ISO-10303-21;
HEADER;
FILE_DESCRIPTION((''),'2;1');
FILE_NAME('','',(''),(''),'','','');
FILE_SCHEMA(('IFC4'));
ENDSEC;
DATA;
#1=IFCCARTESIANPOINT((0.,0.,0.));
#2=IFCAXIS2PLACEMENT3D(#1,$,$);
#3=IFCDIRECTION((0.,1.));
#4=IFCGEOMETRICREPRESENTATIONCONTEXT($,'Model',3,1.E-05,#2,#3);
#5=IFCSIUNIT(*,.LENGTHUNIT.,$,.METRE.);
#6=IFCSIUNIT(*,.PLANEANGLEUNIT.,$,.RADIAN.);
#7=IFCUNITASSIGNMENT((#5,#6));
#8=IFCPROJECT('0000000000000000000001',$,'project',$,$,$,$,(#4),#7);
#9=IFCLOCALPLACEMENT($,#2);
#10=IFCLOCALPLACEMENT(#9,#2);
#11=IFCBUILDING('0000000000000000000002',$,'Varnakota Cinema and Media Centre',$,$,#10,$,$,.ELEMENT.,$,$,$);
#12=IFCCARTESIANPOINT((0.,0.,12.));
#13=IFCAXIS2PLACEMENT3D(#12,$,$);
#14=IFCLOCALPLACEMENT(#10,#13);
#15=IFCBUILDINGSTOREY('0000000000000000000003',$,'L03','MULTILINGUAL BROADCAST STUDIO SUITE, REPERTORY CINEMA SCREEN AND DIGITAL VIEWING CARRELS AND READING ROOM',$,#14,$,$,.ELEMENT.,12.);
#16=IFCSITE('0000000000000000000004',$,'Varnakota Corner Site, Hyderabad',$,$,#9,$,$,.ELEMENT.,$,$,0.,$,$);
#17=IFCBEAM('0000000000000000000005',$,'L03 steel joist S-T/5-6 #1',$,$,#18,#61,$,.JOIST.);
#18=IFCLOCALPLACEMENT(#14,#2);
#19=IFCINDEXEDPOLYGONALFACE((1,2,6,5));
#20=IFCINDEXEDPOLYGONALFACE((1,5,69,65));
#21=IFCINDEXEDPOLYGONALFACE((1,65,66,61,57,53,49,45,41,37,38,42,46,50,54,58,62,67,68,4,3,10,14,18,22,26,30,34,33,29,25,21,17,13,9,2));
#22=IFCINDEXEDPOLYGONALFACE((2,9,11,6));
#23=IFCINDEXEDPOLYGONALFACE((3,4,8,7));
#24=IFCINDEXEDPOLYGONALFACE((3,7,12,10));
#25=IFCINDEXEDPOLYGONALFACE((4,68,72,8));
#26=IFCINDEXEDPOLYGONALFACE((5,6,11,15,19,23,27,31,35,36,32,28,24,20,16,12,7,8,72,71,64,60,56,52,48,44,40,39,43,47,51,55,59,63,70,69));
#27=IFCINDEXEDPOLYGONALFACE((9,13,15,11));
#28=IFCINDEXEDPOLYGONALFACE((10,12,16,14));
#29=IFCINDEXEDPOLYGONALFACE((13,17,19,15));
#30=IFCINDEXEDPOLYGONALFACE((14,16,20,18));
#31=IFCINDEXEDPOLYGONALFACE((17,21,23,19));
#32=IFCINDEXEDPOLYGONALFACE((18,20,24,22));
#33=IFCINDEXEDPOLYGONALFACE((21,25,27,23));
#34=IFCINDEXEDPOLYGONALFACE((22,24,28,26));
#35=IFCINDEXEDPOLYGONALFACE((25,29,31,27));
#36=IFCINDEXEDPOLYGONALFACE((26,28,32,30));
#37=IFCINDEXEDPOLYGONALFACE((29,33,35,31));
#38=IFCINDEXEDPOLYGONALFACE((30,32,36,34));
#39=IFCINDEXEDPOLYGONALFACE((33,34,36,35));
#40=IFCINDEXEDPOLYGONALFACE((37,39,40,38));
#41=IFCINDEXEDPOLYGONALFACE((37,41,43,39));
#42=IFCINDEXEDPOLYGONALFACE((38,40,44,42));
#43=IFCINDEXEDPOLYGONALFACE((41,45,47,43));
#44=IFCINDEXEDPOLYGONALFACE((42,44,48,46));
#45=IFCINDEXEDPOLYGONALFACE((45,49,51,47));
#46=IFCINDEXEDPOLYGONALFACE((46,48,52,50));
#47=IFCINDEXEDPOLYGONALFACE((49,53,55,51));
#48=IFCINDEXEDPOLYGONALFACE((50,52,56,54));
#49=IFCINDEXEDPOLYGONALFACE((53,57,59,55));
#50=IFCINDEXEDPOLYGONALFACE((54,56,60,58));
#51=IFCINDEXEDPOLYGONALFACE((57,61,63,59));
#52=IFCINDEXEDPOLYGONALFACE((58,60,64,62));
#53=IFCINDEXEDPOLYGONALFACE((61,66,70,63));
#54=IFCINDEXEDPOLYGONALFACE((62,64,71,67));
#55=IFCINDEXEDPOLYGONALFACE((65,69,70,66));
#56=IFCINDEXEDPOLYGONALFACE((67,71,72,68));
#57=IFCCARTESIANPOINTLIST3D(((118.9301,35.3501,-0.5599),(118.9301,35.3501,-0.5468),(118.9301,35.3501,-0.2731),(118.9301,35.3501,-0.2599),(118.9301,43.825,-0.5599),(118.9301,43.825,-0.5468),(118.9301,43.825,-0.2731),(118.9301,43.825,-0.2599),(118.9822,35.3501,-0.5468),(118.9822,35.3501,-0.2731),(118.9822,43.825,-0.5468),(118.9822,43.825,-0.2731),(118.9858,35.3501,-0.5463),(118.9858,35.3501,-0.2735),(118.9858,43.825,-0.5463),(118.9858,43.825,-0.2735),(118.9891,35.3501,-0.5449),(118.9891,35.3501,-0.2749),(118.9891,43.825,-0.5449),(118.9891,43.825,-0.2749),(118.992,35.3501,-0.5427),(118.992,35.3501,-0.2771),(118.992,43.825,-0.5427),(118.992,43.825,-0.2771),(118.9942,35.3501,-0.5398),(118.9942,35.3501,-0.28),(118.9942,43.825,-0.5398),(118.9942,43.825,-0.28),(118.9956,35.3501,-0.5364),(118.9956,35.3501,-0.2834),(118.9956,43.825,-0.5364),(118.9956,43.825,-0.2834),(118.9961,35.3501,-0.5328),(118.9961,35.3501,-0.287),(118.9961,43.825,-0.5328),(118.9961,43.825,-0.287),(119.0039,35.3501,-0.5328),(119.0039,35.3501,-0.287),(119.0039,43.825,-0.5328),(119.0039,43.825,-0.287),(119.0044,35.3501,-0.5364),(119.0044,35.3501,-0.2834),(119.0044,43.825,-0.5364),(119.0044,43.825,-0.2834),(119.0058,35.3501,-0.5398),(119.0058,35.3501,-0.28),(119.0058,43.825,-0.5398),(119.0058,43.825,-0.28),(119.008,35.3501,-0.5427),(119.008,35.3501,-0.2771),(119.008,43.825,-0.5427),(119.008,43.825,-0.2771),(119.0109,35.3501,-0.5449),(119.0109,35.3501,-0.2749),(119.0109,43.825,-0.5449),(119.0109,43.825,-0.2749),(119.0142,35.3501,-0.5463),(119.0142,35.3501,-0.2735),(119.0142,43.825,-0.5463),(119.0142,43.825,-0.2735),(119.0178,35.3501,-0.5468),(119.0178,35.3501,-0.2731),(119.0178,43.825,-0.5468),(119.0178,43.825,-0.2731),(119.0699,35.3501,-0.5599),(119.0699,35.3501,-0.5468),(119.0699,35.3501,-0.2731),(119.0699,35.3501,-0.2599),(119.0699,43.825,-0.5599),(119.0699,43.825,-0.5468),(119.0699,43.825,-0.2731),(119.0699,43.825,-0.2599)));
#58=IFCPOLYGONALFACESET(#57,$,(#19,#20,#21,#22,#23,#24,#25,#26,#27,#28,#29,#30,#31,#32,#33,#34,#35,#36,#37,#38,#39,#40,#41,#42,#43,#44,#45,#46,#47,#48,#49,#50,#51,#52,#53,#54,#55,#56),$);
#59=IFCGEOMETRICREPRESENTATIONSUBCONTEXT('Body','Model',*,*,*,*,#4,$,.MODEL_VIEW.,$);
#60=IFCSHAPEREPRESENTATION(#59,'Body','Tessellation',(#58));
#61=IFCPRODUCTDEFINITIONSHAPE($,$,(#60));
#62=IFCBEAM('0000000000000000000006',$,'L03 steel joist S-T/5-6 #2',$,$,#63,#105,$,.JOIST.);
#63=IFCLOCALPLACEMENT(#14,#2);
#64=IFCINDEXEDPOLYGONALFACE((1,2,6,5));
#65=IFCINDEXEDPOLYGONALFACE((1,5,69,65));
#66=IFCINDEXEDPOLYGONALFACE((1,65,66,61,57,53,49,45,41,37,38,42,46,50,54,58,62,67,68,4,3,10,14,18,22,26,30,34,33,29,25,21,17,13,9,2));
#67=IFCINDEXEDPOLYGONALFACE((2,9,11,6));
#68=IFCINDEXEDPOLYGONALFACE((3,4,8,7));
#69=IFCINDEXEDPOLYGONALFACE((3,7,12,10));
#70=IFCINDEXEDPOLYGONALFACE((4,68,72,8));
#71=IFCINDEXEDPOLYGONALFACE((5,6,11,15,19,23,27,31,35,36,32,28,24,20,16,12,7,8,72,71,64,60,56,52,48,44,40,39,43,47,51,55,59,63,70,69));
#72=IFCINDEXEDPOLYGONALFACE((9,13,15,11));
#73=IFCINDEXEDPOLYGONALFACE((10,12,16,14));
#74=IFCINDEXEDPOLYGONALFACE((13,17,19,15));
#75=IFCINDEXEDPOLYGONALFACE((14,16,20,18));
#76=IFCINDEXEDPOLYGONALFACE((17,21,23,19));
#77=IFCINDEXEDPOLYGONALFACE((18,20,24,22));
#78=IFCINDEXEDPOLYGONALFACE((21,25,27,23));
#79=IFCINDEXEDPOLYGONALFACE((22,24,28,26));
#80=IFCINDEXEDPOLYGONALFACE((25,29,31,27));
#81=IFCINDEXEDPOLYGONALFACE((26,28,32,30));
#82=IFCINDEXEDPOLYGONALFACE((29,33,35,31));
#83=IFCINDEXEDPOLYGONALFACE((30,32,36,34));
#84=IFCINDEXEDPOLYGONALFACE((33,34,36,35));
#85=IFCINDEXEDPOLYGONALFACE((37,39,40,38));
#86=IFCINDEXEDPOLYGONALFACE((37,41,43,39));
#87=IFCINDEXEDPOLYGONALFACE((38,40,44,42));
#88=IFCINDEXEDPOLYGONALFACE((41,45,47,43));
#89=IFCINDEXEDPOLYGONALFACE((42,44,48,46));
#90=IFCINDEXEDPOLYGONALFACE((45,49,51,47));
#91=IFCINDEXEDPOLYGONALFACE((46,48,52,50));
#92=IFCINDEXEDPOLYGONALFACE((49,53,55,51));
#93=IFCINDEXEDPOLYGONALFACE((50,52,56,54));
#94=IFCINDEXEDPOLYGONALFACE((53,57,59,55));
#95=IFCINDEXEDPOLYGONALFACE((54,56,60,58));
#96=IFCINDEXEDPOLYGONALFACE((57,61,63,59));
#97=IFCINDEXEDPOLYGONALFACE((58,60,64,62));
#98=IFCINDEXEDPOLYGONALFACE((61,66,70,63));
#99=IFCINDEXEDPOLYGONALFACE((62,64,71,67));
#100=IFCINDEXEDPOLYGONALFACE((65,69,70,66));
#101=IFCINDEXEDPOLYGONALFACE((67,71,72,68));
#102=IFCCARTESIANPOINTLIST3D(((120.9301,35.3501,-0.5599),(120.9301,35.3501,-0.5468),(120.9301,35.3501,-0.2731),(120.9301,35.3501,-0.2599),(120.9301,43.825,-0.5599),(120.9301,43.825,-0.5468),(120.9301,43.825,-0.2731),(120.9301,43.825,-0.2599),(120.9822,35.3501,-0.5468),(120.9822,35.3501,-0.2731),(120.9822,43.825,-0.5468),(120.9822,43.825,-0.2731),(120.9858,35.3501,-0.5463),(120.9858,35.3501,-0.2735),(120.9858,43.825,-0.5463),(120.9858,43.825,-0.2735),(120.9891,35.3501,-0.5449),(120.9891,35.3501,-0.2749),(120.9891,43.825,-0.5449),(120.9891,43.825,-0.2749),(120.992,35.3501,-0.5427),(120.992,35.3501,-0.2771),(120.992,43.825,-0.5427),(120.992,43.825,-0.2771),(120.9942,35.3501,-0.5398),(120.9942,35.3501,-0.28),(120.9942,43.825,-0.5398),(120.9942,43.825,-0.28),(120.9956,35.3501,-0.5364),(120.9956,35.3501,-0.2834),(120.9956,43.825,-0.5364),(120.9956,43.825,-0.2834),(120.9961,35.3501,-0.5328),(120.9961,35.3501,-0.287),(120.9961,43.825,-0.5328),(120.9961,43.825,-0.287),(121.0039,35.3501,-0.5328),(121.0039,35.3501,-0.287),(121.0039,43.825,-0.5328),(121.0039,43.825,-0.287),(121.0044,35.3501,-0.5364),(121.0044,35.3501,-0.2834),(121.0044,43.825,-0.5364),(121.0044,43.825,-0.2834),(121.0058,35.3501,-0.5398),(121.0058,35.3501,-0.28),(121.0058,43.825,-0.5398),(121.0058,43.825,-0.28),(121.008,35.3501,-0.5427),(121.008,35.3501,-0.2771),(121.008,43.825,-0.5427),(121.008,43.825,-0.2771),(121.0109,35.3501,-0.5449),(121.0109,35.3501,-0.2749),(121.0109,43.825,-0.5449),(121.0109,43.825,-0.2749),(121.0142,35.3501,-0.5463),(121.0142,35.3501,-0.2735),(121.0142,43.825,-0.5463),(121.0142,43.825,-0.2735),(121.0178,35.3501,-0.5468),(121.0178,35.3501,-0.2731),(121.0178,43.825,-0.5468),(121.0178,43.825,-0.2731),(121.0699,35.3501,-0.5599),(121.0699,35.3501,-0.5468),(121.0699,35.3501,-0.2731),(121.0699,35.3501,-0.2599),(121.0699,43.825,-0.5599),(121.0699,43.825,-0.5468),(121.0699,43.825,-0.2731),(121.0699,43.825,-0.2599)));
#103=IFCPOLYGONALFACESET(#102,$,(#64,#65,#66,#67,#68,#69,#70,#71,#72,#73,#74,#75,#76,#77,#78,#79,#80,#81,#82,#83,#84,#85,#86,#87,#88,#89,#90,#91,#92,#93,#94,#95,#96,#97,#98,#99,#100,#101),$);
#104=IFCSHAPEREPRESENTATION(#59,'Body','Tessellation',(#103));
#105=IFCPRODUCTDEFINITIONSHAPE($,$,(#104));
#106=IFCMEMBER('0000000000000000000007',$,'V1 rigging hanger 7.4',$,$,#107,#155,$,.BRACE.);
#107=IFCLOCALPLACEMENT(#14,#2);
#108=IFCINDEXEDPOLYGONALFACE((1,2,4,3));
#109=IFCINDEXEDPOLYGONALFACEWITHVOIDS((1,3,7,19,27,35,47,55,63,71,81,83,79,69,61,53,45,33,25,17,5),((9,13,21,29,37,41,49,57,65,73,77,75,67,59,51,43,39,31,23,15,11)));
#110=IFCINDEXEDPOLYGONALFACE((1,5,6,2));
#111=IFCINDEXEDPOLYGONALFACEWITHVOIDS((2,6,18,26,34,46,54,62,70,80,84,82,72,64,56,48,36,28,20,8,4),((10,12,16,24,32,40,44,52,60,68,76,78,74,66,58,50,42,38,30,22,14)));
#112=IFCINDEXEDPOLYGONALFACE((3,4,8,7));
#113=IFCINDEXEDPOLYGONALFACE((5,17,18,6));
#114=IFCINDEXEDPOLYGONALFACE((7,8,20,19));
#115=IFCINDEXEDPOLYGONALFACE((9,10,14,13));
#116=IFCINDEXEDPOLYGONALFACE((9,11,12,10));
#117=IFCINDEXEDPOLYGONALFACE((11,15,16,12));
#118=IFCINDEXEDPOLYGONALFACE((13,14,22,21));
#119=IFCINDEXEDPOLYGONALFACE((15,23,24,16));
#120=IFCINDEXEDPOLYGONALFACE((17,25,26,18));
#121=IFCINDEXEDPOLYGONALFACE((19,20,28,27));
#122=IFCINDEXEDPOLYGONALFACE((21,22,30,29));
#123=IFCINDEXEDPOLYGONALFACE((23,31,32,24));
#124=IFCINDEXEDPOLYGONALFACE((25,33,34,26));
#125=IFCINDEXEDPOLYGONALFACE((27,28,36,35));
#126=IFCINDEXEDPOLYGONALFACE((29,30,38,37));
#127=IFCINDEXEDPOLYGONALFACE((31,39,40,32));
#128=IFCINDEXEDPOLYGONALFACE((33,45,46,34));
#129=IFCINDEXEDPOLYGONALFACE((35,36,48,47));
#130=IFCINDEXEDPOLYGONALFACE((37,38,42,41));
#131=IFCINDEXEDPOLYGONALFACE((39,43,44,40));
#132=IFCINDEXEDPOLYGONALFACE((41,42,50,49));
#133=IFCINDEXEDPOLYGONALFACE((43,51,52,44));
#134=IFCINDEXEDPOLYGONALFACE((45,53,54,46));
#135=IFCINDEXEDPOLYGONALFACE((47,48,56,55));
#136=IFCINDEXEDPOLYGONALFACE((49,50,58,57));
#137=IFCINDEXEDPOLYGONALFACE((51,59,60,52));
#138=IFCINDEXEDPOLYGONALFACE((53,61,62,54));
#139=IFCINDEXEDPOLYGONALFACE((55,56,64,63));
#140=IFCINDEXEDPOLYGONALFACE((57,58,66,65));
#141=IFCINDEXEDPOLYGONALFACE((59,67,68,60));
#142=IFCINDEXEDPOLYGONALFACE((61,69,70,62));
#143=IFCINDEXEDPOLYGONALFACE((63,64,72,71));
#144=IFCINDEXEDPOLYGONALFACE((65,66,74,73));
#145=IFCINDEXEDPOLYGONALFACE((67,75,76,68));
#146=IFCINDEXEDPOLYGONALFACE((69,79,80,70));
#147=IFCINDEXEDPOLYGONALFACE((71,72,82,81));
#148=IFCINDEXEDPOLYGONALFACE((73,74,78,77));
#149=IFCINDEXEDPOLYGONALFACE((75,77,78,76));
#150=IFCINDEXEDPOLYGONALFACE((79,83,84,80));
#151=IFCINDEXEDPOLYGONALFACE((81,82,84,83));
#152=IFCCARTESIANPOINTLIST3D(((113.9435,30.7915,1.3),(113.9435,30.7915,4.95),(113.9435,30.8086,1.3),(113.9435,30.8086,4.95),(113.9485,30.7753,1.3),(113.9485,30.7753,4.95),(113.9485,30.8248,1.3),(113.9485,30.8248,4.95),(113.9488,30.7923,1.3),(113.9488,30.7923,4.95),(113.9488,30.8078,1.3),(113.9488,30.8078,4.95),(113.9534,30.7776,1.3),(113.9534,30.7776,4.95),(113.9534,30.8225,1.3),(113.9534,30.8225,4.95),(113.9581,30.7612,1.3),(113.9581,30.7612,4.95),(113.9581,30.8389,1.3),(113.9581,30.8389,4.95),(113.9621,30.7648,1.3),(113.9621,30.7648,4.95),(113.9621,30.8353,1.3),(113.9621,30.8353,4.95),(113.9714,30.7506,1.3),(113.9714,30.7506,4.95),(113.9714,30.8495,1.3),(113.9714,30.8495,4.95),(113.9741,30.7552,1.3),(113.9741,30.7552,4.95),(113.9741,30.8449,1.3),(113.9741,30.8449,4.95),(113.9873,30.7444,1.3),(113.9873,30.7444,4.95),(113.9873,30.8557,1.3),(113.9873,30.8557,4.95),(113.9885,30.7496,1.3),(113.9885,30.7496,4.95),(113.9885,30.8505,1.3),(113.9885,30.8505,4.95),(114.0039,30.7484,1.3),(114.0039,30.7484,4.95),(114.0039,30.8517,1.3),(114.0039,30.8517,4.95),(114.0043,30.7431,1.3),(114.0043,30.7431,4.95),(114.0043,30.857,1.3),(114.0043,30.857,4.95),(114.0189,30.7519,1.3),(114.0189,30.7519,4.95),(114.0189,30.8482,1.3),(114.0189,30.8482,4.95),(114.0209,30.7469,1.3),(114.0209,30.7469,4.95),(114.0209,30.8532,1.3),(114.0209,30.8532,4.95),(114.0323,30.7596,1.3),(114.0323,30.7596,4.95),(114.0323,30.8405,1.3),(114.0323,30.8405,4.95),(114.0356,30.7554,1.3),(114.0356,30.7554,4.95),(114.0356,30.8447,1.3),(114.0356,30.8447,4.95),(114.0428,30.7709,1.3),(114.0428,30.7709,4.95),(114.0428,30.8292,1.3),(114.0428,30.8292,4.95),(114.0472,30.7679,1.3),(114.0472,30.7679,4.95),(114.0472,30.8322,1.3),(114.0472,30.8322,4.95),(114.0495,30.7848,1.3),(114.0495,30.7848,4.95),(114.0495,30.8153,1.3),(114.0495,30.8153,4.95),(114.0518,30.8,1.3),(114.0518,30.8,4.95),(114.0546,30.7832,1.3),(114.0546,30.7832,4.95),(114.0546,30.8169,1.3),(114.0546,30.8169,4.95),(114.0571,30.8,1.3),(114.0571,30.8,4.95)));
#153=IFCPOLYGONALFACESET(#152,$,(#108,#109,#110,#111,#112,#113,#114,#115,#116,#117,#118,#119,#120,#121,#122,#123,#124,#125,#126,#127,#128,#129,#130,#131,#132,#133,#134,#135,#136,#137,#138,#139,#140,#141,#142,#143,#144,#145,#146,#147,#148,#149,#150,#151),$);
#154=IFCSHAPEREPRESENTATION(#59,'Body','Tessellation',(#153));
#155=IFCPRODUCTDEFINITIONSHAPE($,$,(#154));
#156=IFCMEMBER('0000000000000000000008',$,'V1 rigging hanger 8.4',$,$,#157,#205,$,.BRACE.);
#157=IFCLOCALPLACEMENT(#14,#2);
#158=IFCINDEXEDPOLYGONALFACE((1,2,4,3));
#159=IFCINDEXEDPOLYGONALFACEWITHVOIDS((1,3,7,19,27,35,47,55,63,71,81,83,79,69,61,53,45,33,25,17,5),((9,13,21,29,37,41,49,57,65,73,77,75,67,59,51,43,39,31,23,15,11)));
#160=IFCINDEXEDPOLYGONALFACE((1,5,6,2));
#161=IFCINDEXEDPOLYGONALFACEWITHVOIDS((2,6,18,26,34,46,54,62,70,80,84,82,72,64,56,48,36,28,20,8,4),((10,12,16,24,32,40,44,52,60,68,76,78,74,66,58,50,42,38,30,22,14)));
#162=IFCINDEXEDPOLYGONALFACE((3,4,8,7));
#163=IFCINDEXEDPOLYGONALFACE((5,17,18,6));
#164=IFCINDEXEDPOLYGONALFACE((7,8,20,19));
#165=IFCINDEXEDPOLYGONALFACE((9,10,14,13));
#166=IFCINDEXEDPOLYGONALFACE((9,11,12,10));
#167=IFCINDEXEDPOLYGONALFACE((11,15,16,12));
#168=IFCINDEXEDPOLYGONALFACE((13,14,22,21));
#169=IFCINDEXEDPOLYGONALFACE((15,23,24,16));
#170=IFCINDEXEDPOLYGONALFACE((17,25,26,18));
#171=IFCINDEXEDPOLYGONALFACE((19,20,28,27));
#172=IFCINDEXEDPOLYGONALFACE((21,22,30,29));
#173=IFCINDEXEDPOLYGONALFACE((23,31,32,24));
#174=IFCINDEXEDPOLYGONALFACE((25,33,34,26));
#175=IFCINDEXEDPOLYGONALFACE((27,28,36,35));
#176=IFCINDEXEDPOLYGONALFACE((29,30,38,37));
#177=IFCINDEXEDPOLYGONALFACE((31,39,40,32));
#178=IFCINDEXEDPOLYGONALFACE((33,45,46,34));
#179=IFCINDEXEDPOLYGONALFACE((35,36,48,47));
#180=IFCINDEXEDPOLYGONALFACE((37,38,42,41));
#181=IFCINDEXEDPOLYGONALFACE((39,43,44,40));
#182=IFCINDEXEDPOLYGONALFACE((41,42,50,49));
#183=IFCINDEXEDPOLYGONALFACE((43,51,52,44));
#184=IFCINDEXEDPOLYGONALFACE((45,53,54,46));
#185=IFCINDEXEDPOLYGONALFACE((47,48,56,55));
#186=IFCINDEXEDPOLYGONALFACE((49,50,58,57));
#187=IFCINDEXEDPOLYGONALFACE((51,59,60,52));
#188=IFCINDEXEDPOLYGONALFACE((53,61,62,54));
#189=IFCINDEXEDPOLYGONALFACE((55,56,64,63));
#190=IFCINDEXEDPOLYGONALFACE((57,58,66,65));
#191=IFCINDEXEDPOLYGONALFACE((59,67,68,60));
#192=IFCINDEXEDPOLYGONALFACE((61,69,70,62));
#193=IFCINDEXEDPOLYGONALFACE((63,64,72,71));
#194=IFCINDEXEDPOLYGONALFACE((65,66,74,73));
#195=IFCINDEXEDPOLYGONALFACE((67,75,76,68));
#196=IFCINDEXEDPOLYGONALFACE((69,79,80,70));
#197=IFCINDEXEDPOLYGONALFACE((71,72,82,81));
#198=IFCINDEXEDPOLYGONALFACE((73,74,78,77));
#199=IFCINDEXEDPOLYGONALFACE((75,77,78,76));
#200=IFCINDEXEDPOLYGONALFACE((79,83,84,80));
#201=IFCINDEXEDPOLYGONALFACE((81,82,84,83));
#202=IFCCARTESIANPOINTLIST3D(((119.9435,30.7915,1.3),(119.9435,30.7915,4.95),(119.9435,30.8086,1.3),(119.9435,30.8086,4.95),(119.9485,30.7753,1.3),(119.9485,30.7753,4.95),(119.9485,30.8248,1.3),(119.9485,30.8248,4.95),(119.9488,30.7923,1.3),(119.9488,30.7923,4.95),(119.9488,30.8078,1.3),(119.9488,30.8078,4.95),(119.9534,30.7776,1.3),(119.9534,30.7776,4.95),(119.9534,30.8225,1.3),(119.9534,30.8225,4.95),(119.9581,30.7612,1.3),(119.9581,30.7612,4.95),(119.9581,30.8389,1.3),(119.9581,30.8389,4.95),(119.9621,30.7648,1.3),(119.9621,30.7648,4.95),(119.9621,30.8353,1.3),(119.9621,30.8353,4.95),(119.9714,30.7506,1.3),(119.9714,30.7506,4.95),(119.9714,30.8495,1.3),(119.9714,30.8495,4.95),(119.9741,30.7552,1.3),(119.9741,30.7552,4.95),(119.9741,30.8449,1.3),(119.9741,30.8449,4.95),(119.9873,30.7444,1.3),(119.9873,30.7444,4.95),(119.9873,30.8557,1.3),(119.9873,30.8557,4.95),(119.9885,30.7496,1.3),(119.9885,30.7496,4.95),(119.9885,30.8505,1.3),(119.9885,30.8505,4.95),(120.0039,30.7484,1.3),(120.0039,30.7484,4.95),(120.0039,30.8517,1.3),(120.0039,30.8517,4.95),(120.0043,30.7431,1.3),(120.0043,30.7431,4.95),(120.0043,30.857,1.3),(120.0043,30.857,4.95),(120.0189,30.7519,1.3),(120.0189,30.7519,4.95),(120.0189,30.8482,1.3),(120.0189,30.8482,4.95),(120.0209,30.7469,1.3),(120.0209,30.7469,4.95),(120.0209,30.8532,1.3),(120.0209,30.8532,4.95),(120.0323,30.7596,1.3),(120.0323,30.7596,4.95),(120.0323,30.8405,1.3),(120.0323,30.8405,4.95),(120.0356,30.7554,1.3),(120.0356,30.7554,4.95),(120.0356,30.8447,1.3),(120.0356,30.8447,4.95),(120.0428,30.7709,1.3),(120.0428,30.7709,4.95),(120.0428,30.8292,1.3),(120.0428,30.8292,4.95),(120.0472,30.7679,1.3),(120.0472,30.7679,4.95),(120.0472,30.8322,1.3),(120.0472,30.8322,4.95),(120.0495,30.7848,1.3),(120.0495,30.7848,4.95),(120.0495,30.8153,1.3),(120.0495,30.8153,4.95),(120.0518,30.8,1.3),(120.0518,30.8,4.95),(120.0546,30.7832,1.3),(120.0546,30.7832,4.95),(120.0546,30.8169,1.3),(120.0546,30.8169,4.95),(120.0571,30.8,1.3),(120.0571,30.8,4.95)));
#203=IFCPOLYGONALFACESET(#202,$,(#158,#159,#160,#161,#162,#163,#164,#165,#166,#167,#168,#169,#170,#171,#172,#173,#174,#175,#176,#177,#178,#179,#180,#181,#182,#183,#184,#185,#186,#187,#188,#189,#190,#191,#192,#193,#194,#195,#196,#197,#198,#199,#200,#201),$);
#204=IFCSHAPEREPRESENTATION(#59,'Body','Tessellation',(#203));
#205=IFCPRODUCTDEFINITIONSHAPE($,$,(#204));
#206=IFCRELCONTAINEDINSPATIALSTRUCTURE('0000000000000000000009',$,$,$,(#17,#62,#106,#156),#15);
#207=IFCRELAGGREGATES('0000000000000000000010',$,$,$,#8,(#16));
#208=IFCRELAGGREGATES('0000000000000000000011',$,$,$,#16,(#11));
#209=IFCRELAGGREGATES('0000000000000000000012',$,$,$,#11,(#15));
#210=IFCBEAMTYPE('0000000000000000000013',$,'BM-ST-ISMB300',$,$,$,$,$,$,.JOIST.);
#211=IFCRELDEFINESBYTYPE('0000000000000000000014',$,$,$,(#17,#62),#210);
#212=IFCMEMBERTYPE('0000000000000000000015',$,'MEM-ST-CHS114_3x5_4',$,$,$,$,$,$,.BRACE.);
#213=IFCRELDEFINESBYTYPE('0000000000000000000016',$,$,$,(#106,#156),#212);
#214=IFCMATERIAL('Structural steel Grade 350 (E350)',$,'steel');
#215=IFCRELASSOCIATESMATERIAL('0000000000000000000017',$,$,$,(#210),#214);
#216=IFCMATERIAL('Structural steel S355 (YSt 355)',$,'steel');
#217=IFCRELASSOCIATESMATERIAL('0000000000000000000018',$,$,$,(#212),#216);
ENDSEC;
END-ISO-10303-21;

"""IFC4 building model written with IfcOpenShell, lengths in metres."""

from ifc_helpers import new_model, si_unit, direction, frame, origin, origin_2d, place, context, subcontext, project, spatial, hollow_circle, i_section, extrude, material, material_profile, profile_set, type_object, element, save


model = new_model("IFC4")

# Units and contexts
model_context = context("Model", 3, precision=1e-05, world=origin(), true_north=direction((0.0, 1.0)))
body_context = subcontext(model_context, "Body", "Model", "MODEL_VIEW")
ifc_project = project(units=[si_unit("LENGTHUNIT", "METRE"), si_unit("PLANEANGLEUNIT", "RADIAN")], contexts=[model_context])

# Site, building, storey
site_placement = place(None, origin())
site = spatial("IfcSite", under=ifc_project, at=site_placement, Name="Varnakota Corner Site, Hyderabad", CompositionType="ELEMENT", RefElevation=0.0)
building_placement = place(site_placement, origin())
building = spatial("IfcBuilding", under=site, at=building_placement, Name="Varnakota Cinema and Media Centre", CompositionType="ELEMENT")
storey_placement = place(building_placement, frame((0.0, 0.0, 12.0)))
storey = spatial("IfcBuildingStorey", under=building, at=storey_placement, Name="L03", Description="MULTILINGUAL BROADCAST STUDIO SUITE, REPERTORY CINEMA SCREEN AND DIGITAL VIEWING CARRELS AND READING ROOM", CompositionType="ELEMENT", Elevation=12.0)

# Beams
ifc_material_1 = material(Name="Structural steel Grade 350 (E350)", Category="steel")
ifc_material_profile_1 = material_profile(ifc_material_1, i_section(OverallWidth=0.1399, OverallDepth=0.3, WebThickness=0.0078, FlangeThickness=0.0132, FilletRadius=0.0139, at=origin_2d()), Name="ISMB 300")
ifc_profile_set_1 = profile_set([ifc_material_profile_1], Name="Structural steel Grade 350 (E350)")
beam_type_1 = type_object("IfcBeamType", Name="BM-ST-ISMB300", PredefinedType="JOIST", material=ifc_profile_set_1)
for number, where, z_axis, x_axis, name in (
    (1, (119.0, 35.3501, -0.4099), (0.0, 1.0, 0.0), (-1.0, 0.0, 0.0), "L03 steel joist S-T/5-6 #1"),
    (2, (121.0, 35.3501, -0.4099), (0.0, 1.0, 0.0), (-1.0, 0.0, 0.0), "L03 steel joist S-T/5-6 #2"),
):
    element("IfcBeam", number, at=place(storey_placement, frame(where, z_axis=z_axis, x_axis=x_axis)), inside=storey, type_object=beam_type_1, Name=name, PredefinedType="JOIST", context=body_context, shape_type="SweptSolid", body=[
        extrude(i_section(OverallWidth=0.1399, OverallDepth=0.3, WebThickness=0.0078, FlangeThickness=0.0132, FilletRadius=0.0139, at=origin_2d()), origin(), (0.0, 0.0, 1.0), 8.4749),
    ])

# Members
ifc_material_2 = material(Name="Structural steel S355 (YSt 355)", Category="steel")
ifc_material_profile_2 = material_profile(ifc_material_2, hollow_circle(Radius=0.0571, WallThickness=0.0054, at=origin_2d()), Name="CHS 114.3x5.4")
ifc_profile_set_2 = profile_set([ifc_material_profile_2], Name="Structural steel S355 (YSt 355)")
member_type_1 = type_object("IfcMemberType", Name="MEM-ST-CHS114_3x5_4", PredefinedType="BRACE", material=ifc_profile_set_2)
for number, where, z_axis, x_axis, name in (
    (3, (114.0, 30.8, 1.3), (0.0, 0.0, 1.0), (1.0, 0.0, 0.0), "V1 rigging hanger 7.4"),
    (4, (120.0, 30.8, 1.3), (0.0, 0.0, 1.0), (1.0, 0.0, 0.0), "V1 rigging hanger 8.4"),
):
    element("IfcMember", number, at=place(storey_placement, frame(where, z_axis=z_axis, x_axis=x_axis)), inside=storey, type_object=member_type_1, Name=name, PredefinedType="BRACE", context=body_context, shape_type="SweptSolid", body=[
        extrude(hollow_circle(Radius=0.0571, WallThickness=0.0054, at=origin_2d()), origin(), (0.0, 0.0, 1.0), 3.6499),
    ])

save(model, "model.ifc")
